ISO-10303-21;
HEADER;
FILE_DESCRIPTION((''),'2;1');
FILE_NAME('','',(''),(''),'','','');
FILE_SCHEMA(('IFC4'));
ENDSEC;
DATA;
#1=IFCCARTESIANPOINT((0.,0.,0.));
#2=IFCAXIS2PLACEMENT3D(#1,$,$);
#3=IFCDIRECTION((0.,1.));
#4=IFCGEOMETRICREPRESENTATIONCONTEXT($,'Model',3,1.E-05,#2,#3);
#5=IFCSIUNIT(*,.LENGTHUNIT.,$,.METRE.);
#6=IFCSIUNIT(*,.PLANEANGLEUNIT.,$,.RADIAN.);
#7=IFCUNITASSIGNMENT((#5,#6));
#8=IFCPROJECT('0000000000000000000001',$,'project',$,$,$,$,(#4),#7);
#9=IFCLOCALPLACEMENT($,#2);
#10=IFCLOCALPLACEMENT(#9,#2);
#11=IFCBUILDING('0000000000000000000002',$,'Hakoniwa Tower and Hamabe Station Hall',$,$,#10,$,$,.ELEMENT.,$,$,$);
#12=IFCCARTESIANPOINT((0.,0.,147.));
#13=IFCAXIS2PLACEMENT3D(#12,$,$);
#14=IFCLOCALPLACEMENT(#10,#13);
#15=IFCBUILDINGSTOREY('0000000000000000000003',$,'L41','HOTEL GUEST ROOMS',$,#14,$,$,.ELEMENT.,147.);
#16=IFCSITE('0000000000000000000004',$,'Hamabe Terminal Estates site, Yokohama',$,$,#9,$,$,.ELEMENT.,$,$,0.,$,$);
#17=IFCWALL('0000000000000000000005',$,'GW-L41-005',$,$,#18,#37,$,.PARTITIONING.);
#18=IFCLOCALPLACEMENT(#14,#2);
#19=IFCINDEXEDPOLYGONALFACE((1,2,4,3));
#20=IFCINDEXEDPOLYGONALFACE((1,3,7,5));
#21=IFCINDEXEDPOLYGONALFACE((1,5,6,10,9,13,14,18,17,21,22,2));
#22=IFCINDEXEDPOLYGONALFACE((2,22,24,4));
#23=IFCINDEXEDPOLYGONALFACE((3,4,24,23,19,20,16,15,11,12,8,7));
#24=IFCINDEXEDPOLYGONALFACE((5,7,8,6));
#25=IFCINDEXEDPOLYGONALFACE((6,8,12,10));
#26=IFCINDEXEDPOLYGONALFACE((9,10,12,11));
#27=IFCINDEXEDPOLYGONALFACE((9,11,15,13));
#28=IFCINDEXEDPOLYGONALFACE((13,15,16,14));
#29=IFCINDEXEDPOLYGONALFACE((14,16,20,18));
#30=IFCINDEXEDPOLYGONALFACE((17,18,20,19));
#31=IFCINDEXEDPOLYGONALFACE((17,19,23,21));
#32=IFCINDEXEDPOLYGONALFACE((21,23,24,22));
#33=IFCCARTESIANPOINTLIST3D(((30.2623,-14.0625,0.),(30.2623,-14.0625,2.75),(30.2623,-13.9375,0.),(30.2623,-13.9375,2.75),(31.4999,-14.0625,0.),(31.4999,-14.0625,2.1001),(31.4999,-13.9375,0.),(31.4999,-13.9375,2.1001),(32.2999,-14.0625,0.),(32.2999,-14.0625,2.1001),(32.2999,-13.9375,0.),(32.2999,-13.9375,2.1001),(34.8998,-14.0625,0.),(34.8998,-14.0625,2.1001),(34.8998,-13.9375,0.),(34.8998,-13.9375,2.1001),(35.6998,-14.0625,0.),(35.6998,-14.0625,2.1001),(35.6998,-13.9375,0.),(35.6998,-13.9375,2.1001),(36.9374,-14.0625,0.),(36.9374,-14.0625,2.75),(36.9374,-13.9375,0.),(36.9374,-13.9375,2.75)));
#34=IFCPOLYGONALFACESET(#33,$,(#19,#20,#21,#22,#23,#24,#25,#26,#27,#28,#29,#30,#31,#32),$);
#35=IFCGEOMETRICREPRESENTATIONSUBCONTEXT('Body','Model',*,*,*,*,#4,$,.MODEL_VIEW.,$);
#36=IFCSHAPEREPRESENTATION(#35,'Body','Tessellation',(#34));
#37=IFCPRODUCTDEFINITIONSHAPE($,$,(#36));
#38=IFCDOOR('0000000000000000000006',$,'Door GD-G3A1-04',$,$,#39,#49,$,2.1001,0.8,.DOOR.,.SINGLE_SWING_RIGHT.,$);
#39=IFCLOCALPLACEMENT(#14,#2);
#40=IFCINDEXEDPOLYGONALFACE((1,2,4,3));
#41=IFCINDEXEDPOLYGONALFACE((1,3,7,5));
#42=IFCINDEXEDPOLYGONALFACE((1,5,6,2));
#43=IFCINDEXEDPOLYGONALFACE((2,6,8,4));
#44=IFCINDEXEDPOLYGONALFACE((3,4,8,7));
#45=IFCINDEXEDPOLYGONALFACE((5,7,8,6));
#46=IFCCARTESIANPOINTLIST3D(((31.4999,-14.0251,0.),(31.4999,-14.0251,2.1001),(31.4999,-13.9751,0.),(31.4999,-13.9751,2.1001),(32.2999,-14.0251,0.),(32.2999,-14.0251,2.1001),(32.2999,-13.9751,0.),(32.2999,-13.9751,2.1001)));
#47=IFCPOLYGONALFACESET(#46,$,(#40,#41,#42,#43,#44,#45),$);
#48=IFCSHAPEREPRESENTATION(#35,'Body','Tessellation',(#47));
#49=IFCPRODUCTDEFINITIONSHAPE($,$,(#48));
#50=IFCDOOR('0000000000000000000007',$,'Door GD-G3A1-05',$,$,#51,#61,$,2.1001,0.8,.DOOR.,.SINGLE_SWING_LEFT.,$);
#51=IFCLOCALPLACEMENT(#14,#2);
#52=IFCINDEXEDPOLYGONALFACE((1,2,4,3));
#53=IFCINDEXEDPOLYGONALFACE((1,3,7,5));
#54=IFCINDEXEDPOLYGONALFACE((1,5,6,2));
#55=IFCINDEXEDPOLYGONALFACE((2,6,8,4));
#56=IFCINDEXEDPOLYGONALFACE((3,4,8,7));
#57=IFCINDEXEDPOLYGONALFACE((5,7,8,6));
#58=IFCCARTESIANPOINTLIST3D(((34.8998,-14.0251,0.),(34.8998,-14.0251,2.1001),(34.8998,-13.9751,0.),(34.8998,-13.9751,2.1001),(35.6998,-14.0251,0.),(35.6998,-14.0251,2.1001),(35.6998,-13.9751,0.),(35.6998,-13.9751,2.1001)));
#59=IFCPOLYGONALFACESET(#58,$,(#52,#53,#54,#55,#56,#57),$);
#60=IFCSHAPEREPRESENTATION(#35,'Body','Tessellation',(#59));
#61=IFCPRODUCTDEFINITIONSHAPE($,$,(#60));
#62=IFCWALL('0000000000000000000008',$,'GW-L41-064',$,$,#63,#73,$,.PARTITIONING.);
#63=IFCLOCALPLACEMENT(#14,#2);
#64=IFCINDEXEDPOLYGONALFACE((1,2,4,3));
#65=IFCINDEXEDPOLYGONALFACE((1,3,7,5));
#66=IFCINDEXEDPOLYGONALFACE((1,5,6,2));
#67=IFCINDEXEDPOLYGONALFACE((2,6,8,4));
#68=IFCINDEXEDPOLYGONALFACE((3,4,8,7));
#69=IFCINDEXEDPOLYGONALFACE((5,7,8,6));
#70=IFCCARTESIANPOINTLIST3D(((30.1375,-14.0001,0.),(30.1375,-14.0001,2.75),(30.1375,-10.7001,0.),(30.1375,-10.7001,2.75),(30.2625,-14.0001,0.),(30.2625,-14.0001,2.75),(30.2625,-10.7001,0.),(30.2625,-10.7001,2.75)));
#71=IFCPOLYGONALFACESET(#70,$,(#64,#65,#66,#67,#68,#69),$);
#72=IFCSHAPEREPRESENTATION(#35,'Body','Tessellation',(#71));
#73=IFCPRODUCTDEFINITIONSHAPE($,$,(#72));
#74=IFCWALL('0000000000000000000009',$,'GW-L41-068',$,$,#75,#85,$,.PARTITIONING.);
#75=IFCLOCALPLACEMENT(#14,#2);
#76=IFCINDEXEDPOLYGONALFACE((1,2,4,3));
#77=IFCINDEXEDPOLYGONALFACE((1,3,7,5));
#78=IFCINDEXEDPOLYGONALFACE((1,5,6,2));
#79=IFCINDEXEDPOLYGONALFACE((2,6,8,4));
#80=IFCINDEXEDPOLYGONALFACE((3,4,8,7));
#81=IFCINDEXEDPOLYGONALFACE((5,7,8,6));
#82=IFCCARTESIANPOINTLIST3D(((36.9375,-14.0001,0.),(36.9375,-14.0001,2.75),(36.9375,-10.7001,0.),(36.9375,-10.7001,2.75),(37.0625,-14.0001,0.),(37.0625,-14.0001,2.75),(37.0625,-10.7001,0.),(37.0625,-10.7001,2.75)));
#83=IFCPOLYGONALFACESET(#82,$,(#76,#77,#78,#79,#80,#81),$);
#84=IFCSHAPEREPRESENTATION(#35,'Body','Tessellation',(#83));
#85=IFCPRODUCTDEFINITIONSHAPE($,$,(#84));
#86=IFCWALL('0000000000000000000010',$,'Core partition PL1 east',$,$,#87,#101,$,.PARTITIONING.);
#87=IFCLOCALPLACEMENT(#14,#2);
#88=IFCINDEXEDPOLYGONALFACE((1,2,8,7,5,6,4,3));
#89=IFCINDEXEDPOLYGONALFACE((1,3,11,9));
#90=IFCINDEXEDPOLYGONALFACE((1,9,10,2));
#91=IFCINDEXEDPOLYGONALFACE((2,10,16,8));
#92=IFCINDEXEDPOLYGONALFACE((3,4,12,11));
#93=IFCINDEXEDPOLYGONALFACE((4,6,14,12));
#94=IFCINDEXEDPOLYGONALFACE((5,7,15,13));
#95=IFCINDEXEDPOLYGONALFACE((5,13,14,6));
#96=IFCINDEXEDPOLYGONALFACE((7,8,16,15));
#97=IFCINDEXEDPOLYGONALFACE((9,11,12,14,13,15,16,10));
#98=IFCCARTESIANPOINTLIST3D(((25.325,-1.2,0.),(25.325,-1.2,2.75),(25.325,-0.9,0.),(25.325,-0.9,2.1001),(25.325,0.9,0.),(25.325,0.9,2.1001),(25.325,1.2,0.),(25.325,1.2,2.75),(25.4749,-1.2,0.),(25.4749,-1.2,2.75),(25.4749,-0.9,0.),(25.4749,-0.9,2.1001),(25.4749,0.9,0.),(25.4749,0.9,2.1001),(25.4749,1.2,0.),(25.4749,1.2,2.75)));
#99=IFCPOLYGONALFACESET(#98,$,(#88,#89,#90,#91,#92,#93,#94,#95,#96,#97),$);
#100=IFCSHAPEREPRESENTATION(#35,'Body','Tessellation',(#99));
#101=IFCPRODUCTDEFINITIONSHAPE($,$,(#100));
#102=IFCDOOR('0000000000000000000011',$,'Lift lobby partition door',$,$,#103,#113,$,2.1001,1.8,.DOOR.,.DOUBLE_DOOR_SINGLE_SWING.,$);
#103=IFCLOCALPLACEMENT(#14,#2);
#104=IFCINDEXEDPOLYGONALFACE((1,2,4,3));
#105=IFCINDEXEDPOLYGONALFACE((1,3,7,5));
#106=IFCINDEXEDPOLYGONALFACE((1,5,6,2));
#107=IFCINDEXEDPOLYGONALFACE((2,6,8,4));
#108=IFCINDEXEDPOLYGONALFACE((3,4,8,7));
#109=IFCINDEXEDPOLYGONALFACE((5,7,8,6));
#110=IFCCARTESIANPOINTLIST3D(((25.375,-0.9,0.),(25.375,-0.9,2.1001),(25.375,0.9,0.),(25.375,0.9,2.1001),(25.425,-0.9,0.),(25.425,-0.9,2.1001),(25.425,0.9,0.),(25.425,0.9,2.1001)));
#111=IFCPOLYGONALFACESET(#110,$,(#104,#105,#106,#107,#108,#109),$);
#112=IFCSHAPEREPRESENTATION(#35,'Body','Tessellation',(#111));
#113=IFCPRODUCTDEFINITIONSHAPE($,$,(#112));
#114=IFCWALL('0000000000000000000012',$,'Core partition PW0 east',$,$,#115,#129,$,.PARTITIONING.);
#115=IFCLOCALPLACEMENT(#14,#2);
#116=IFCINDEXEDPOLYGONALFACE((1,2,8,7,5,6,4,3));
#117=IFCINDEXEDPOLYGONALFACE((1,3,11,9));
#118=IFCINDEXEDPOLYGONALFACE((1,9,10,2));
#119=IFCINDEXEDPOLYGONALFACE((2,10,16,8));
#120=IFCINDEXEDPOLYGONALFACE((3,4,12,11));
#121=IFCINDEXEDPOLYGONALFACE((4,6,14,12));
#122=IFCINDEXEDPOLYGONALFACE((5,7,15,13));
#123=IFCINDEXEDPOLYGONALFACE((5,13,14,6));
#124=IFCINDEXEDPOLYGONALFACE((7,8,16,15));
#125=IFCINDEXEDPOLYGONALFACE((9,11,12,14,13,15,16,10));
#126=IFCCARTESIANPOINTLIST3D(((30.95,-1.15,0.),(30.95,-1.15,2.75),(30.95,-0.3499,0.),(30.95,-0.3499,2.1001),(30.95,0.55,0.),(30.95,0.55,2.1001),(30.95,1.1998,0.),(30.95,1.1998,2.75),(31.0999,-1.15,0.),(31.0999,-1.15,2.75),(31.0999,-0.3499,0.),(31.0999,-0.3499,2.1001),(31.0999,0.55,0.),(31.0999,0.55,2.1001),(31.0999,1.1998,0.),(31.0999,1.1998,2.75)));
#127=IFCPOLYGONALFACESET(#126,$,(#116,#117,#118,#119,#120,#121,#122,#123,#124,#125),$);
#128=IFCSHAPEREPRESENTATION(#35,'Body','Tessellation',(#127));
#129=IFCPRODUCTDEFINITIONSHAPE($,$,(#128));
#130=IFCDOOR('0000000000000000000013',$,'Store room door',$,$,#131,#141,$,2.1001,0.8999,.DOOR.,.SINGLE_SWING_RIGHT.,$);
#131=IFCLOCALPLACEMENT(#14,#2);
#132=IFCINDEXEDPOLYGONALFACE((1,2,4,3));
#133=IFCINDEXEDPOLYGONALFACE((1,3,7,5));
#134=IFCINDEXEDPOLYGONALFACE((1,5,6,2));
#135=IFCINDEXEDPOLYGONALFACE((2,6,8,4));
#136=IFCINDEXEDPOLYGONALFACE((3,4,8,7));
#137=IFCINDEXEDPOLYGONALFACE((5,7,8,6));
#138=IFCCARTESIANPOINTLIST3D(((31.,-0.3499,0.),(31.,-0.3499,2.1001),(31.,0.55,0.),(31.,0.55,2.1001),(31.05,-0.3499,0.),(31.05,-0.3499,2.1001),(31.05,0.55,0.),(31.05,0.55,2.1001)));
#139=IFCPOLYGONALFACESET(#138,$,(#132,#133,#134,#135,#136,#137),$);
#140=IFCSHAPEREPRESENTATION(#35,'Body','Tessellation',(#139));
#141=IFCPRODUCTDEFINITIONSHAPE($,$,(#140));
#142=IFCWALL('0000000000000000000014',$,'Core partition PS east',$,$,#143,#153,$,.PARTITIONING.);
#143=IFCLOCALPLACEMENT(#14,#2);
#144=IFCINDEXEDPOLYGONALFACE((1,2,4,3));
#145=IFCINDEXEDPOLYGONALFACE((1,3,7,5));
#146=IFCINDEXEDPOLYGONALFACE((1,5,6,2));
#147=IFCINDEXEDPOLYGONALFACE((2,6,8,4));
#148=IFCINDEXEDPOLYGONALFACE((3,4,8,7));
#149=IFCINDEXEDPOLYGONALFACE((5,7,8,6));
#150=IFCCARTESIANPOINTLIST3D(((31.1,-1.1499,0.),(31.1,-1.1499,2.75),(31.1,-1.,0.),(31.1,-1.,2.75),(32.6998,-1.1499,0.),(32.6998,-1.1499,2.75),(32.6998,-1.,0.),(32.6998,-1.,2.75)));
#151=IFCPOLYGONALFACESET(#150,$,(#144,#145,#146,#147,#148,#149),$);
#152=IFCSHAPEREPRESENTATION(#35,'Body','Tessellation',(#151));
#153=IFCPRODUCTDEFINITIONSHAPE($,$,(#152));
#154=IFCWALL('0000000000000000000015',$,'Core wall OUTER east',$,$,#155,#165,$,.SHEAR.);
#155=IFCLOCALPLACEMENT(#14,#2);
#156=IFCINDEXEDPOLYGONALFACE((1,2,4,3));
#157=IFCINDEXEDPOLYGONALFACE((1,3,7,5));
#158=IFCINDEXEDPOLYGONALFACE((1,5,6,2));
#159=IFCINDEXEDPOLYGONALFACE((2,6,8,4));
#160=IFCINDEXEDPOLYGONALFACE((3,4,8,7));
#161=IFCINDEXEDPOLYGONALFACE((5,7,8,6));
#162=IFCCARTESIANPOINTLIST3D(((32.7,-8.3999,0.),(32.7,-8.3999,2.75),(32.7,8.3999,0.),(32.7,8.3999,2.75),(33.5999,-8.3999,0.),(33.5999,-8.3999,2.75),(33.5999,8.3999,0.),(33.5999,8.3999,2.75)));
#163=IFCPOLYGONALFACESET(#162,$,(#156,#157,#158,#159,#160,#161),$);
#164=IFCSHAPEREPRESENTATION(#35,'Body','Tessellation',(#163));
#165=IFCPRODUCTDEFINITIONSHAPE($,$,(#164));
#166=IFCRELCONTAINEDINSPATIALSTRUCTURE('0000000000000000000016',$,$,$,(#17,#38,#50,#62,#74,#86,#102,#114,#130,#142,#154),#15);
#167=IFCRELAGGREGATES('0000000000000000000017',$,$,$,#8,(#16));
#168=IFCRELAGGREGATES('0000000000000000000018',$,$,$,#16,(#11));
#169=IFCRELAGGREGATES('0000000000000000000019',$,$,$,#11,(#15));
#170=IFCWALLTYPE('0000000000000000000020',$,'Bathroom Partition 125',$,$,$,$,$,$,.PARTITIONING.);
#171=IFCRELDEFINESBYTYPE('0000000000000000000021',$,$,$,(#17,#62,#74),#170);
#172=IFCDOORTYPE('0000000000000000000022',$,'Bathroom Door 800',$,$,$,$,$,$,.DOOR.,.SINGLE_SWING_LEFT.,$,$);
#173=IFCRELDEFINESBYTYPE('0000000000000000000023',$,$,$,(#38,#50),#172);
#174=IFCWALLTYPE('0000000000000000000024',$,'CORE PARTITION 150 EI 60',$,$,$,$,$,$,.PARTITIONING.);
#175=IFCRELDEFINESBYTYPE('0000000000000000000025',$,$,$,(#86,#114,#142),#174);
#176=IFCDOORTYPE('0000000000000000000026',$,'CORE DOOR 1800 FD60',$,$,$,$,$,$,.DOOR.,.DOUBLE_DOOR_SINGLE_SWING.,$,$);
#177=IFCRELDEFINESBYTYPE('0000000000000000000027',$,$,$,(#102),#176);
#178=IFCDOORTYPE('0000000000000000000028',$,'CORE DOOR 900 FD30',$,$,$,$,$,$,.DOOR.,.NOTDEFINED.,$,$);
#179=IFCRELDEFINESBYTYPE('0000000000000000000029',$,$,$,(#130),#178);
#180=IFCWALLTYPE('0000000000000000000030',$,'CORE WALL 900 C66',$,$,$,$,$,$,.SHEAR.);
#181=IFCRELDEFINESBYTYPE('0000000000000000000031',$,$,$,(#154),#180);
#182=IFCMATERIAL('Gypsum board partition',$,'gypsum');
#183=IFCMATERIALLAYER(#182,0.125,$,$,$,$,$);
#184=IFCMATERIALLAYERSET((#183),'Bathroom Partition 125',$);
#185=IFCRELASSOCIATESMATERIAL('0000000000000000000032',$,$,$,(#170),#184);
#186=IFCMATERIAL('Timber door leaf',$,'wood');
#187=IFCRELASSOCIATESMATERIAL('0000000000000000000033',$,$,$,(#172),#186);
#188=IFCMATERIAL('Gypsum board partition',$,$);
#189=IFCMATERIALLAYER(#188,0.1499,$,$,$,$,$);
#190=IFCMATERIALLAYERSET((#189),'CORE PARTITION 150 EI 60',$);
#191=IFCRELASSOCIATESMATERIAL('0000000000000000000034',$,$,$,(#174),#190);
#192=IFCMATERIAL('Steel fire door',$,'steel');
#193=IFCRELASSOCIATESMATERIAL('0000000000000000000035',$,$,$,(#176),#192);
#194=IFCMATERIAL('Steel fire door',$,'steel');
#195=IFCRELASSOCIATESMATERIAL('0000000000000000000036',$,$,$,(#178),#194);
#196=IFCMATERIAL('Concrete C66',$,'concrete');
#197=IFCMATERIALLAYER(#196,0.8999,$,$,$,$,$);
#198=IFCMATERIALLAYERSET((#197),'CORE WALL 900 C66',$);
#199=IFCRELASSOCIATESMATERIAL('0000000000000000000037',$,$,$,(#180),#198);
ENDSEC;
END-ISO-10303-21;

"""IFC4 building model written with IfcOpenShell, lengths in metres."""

from ifc_helpers import new_model, si_unit, direction, frame, frame_2d, origin, place, context, subcontext, project, spatial, rectangle, extrude, material, layer, layer_set, type_object, element, fill, save


model = new_model("IFC4")

# Units and contexts
model_context = context("Model", 3, precision=1e-05, world=origin(), true_north=direction((0.0, 1.0)))
body_context = subcontext(model_context, "Body", "Model", "MODEL_VIEW")
ifc_project = project(units=[si_unit("LENGTHUNIT", "METRE"), si_unit("PLANEANGLEUNIT", "RADIAN")], contexts=[model_context])

# Site, building, storey
site_placement = place(None, origin())
site = spatial("IfcSite", under=ifc_project, at=site_placement, Name="Hamabe Terminal Estates site, Yokohama", CompositionType="ELEMENT", RefElevation=0.0)
building_placement = place(site_placement, origin())
building = spatial("IfcBuilding", under=site, at=building_placement, Name="Hakoniwa Tower and Hamabe Station Hall", CompositionType="ELEMENT")
storey_placement = place(building_placement, frame((0.0, 0.0, 147.0)))
storey = spatial("IfcBuildingStorey", under=building, at=storey_placement, Name="L41", Description="HOTEL GUEST ROOMS", CompositionType="ELEMENT", Elevation=147.0)

# Wall, openings, doors
ifc_material_1 = material(Name="Gypsum board partition", Category="gypsum")
ifc_layer_1 = layer(ifc_material_1, 0.125)
ifc_layer_set_1 = layer_set([ifc_layer_1], Name="Bathroom Partition 125")
wall_type_1 = type_object("IfcWallType", Name="Bathroom Partition 125", PredefinedType="PARTITIONING", material=ifc_layer_set_1)
wall_1_placement = place(storey_placement, frame((30.2625, -14.0, 0.0), z_axis=(0.0, 0.0, 1.0), x_axis=(1.0, 0.0, 0.0)))
wall_1 = element("IfcWall", 1, at=wall_1_placement, inside=storey, type_object=wall_type_1, Name="GW-L41-005", PredefinedType="PARTITIONING", context=body_context, shape_type="SweptSolid", body=[
    extrude(rectangle(XDim=6.675, YDim=0.125, at=frame_2d((3.3374, 0.0))), origin(), (0.0, 0.0, 1.0), 2.75),
])
opening_1_placement = place(wall_1_placement, frame((1.2375, 0.0, 0.0)))
opening_1 = element("IfcOpeningElement", 2, at=opening_1_placement, cuts=wall_1, PredefinedType="OPENING", context=body_context, shape_type="SweptSolid", body=[
    extrude(rectangle(XDim=0.8, YDim=2.1001, at=frame_2d((0.3999, 1.05))), frame((0.0, 0.0725, 0.0), z_axis=(0.0, -1.0, 0.0), x_axis=(1.0, 0.0, 0.0)), (0.0, 0.0, 1.0), 0.145),
])
opening_2_placement = place(wall_1_placement, frame((4.6375, 0.0, 0.0)))
opening_2 = element("IfcOpeningElement", 3, at=opening_2_placement, cuts=wall_1, PredefinedType="OPENING", context=body_context, shape_type="SweptSolid", body=[
    extrude(rectangle(XDim=0.8, YDim=2.1001, at=frame_2d((0.3999, 1.05))), frame((0.0, 0.0725, 0.0), z_axis=(0.0, -1.0, 0.0), x_axis=(1.0, 0.0, 0.0)), (0.0, 0.0, 1.0), 0.145),
])
ifc_material_2 = material(Name="Timber door leaf", Category="wood")
door_type_1 = type_object("IfcDoorType", Name="Bathroom Door 800", OperationType="SINGLE_SWING_LEFT", PredefinedType="DOOR", material=ifc_material_2)
door_1_placement = place(opening_1_placement, origin())
door_1 = element("IfcDoor", 4, at=door_1_placement, inside=storey, type_object=door_type_1, Name="Door GD-G3A1-04", OperationType="SINGLE_SWING_RIGHT", OverallHeight=2.1001, OverallWidth=0.8, PredefinedType="DOOR", context=body_context, shape_type="SweptSolid", body=[
    extrude(rectangle(XDim=0.8, YDim=2.1001, at=frame_2d((0.3999, 1.05))), frame((0.0, 0.0249, 0.0), z_axis=(0.0, -1.0, 0.0), x_axis=(1.0, 0.0, 0.0)), (0.0, 0.0, 1.0), 0.05),
])
fill(opening_1, door_1)
door_2_placement = place(opening_2_placement, origin())
door_2 = element("IfcDoor", 5, at=door_2_placement, inside=storey, type_object=door_type_1, Name="Door GD-G3A1-05", OperationType="SINGLE_SWING_LEFT", OverallHeight=2.1001, OverallWidth=0.8, PredefinedType="DOOR", context=body_context, shape_type="SweptSolid", body=[
    extrude(rectangle(XDim=0.8, YDim=2.1001, at=frame_2d((0.3999, 1.05))), frame((0.0, 0.0249, 0.0), z_axis=(0.0, -1.0, 0.0), x_axis=(1.0, 0.0, 0.0)), (0.0, 0.0, 1.0), 0.05),
])
fill(opening_2, door_2)

# Walls
for number, where, z_axis, x_axis, name in (
    (6, (30.2, -14.0, 0.0), (0.0, 0.0, 1.0), (0.0, 1.0, 0.0), "GW-L41-064"),
    (7, (37.0, -14.0, 0.0), (0.0, 0.0, 1.0), (0.0, 1.0, 0.0), "GW-L41-068"),
):
    element("IfcWall", number, at=place(storey_placement, frame(where, z_axis=z_axis, x_axis=x_axis)), inside=storey, type_object=wall_type_1, Name=name, PredefinedType="PARTITIONING", context=body_context, shape_type="SweptSolid", body=[
        extrude(rectangle(XDim=3.3, YDim=0.125, at=frame_2d((1.6499, 0.0))), origin(), (0.0, 0.0, 1.0), 2.75),
    ])

# Walls, openings, doors
ifc_material_3 = material(Name="Gypsum board partition")
ifc_layer_2 = layer(ifc_material_3, 0.1499)
ifc_layer_set_2 = layer_set([ifc_layer_2], Name="CORE PARTITION 150 EI 60")
wall_type_2 = type_object("IfcWallType", Name="CORE PARTITION 150 EI 60", PredefinedType="PARTITIONING", material=ifc_layer_set_2)
wall_2_placement = place(storey_placement, frame((25.3999, -1.2, 0.0), z_axis=(0.0, 0.0, 1.0), x_axis=(0.0, 1.0, 0.0)))
wall_2 = element("IfcWall", 8, at=wall_2_placement, inside=storey, type_object=wall_type_2, Name="Core partition PL1 east", PredefinedType="PARTITIONING", context=body_context, shape_type="SweptSolid", body=[
    extrude(rectangle(XDim=2.3999, YDim=0.1499, at=frame_2d((1.2, 0.0))), origin(), (0.0, 0.0, 1.0), 2.75),
])
opening_3_placement = place(wall_2_placement, frame((0.3, 0.0, 0.0)))
opening_3 = element("IfcOpeningElement", 9, at=opening_3_placement, cuts=wall_2, PredefinedType="OPENING", context=body_context, shape_type="SweptSolid", body=[
    extrude(rectangle(XDim=1.8, YDim=2.1001, at=frame_2d((0.8999, 1.05))), frame((0.0, 0.085, 0.0), z_axis=(0.0, -1.0, 0.0), x_axis=(1.0, 0.0, 0.0)), (0.0, 0.0, 1.0), 0.1699),
])
ifc_material_4 = material(Name="Steel fire door", Category="steel")
door_type_2 = type_object("IfcDoorType", Name="CORE DOOR 1800 FD60", OperationType="DOUBLE_DOOR_SINGLE_SWING", PredefinedType="DOOR", material=ifc_material_4)
door_3_placement = place(opening_3_placement, origin())
door_3 = element("IfcDoor", 10, at=door_3_placement, inside=storey, type_object=door_type_2, Name="Lift lobby partition door", OperationType="DOUBLE_DOOR_SINGLE_SWING", OverallHeight=2.1001, OverallWidth=1.8, PredefinedType="DOOR", context=body_context, shape_type="SweptSolid", body=[
    extrude(rectangle(XDim=1.8, YDim=2.1001, at=frame_2d((0.8999, 1.05))), frame((0.0, 0.0249, 0.0), z_axis=(0.0, -1.0, 0.0), x_axis=(1.0, 0.0, 0.0)), (0.0, 0.0, 1.0), 0.05),
])
fill(opening_3, door_3)
wall_3_placement = place(storey_placement, frame((31.0249, -1.1499, 0.0), z_axis=(0.0, 0.0, 1.0), x_axis=(0.0, 1.0, 0.0)))
wall_3 = element("IfcWall", 11, at=wall_3_placement, inside=storey, type_object=wall_type_2, Name="Core partition PW0 east", PredefinedType="PARTITIONING", context=body_context, shape_type="SweptSolid", body=[
    extrude(rectangle(XDim=2.3499, YDim=0.1499, at=frame_2d((1.1748, 0.0))), origin(), (0.0, 0.0, 1.0), 2.75),
])
opening_4_placement = place(wall_3_placement, frame((0.8, 0.0, 0.0)))
opening_4 = element("IfcOpeningElement", 12, at=opening_4_placement, cuts=wall_3, PredefinedType="OPENING", context=body_context, shape_type="SweptSolid", body=[
    extrude(rectangle(XDim=0.8999, YDim=2.1001, at=frame_2d((0.45, 1.05))), frame((0.0, 0.085, 0.0), z_axis=(0.0, -1.0, 0.0), x_axis=(1.0, 0.0, 0.0)), (0.0, 0.0, 1.0), 0.1699),
])
ifc_material_5 = material(Name="Steel fire door", Category="steel")
door_type_3 = type_object("IfcDoorType", Name="CORE DOOR 900 FD30", OperationType="NOTDEFINED", PredefinedType="DOOR", material=ifc_material_5)
door_4_placement = place(opening_4_placement, origin())
door_4 = element("IfcDoor", 13, at=door_4_placement, inside=storey, type_object=door_type_3, Name="Store room door", OperationType="SINGLE_SWING_RIGHT", OverallHeight=2.1001, OverallWidth=0.8999, PredefinedType="DOOR", context=body_context, shape_type="SweptSolid", body=[
    extrude(rectangle(XDim=0.8999, YDim=2.1001, at=frame_2d((0.45, 1.05))), frame((0.0, 0.0249, 0.0), z_axis=(0.0, -1.0, 0.0), x_axis=(1.0, 0.0, 0.0)), (0.0, 0.0, 1.0), 0.05),
])
fill(opening_4, door_4)

# Walls
wall_4_placement = place(storey_placement, frame((31.1001, -1.075, 0.0), z_axis=(0.0, 0.0, 1.0), x_axis=(1.0, 0.0, 0.0)))
element("IfcWall", 14, at=wall_4_placement, inside=storey, type_object=wall_type_2, Name="Core partition PS east", PredefinedType="PARTITIONING", context=body_context, shape_type="SweptSolid", body=[
    extrude(rectangle(XDim=1.5999, YDim=0.1499, at=frame_2d((0.7998, 0.0))), origin(), (0.0, 0.0, 1.0), 2.75),
])
ifc_material_6 = material(Name="Concrete C66", Category="concrete")
ifc_layer_3 = layer(ifc_material_6, 0.8999)
ifc_layer_set_3 = layer_set([ifc_layer_3], Name="CORE WALL 900 C66")
wall_type_3 = type_object("IfcWallType", Name="CORE WALL 900 C66", PredefinedType="SHEAR", material=ifc_layer_set_3)
wall_5_placement = place(storey_placement, frame((33.1499, -8.3999, 0.0), z_axis=(0.0, 0.0, 1.0), x_axis=(0.0, 1.0, 0.0)))
element("IfcWall", 15, at=wall_5_placement, inside=storey, type_object=wall_type_3, Name="Core wall OUTER east", PredefinedType="SHEAR", context=body_context, shape_type="SweptSolid", body=[
    extrude(rectangle(XDim=16.7998, YDim=0.8999, at=frame_2d((8.3999, 0.0))), origin(), (0.0, 0.0, 1.0), 2.75),
])

save(model, "model.ifc")
